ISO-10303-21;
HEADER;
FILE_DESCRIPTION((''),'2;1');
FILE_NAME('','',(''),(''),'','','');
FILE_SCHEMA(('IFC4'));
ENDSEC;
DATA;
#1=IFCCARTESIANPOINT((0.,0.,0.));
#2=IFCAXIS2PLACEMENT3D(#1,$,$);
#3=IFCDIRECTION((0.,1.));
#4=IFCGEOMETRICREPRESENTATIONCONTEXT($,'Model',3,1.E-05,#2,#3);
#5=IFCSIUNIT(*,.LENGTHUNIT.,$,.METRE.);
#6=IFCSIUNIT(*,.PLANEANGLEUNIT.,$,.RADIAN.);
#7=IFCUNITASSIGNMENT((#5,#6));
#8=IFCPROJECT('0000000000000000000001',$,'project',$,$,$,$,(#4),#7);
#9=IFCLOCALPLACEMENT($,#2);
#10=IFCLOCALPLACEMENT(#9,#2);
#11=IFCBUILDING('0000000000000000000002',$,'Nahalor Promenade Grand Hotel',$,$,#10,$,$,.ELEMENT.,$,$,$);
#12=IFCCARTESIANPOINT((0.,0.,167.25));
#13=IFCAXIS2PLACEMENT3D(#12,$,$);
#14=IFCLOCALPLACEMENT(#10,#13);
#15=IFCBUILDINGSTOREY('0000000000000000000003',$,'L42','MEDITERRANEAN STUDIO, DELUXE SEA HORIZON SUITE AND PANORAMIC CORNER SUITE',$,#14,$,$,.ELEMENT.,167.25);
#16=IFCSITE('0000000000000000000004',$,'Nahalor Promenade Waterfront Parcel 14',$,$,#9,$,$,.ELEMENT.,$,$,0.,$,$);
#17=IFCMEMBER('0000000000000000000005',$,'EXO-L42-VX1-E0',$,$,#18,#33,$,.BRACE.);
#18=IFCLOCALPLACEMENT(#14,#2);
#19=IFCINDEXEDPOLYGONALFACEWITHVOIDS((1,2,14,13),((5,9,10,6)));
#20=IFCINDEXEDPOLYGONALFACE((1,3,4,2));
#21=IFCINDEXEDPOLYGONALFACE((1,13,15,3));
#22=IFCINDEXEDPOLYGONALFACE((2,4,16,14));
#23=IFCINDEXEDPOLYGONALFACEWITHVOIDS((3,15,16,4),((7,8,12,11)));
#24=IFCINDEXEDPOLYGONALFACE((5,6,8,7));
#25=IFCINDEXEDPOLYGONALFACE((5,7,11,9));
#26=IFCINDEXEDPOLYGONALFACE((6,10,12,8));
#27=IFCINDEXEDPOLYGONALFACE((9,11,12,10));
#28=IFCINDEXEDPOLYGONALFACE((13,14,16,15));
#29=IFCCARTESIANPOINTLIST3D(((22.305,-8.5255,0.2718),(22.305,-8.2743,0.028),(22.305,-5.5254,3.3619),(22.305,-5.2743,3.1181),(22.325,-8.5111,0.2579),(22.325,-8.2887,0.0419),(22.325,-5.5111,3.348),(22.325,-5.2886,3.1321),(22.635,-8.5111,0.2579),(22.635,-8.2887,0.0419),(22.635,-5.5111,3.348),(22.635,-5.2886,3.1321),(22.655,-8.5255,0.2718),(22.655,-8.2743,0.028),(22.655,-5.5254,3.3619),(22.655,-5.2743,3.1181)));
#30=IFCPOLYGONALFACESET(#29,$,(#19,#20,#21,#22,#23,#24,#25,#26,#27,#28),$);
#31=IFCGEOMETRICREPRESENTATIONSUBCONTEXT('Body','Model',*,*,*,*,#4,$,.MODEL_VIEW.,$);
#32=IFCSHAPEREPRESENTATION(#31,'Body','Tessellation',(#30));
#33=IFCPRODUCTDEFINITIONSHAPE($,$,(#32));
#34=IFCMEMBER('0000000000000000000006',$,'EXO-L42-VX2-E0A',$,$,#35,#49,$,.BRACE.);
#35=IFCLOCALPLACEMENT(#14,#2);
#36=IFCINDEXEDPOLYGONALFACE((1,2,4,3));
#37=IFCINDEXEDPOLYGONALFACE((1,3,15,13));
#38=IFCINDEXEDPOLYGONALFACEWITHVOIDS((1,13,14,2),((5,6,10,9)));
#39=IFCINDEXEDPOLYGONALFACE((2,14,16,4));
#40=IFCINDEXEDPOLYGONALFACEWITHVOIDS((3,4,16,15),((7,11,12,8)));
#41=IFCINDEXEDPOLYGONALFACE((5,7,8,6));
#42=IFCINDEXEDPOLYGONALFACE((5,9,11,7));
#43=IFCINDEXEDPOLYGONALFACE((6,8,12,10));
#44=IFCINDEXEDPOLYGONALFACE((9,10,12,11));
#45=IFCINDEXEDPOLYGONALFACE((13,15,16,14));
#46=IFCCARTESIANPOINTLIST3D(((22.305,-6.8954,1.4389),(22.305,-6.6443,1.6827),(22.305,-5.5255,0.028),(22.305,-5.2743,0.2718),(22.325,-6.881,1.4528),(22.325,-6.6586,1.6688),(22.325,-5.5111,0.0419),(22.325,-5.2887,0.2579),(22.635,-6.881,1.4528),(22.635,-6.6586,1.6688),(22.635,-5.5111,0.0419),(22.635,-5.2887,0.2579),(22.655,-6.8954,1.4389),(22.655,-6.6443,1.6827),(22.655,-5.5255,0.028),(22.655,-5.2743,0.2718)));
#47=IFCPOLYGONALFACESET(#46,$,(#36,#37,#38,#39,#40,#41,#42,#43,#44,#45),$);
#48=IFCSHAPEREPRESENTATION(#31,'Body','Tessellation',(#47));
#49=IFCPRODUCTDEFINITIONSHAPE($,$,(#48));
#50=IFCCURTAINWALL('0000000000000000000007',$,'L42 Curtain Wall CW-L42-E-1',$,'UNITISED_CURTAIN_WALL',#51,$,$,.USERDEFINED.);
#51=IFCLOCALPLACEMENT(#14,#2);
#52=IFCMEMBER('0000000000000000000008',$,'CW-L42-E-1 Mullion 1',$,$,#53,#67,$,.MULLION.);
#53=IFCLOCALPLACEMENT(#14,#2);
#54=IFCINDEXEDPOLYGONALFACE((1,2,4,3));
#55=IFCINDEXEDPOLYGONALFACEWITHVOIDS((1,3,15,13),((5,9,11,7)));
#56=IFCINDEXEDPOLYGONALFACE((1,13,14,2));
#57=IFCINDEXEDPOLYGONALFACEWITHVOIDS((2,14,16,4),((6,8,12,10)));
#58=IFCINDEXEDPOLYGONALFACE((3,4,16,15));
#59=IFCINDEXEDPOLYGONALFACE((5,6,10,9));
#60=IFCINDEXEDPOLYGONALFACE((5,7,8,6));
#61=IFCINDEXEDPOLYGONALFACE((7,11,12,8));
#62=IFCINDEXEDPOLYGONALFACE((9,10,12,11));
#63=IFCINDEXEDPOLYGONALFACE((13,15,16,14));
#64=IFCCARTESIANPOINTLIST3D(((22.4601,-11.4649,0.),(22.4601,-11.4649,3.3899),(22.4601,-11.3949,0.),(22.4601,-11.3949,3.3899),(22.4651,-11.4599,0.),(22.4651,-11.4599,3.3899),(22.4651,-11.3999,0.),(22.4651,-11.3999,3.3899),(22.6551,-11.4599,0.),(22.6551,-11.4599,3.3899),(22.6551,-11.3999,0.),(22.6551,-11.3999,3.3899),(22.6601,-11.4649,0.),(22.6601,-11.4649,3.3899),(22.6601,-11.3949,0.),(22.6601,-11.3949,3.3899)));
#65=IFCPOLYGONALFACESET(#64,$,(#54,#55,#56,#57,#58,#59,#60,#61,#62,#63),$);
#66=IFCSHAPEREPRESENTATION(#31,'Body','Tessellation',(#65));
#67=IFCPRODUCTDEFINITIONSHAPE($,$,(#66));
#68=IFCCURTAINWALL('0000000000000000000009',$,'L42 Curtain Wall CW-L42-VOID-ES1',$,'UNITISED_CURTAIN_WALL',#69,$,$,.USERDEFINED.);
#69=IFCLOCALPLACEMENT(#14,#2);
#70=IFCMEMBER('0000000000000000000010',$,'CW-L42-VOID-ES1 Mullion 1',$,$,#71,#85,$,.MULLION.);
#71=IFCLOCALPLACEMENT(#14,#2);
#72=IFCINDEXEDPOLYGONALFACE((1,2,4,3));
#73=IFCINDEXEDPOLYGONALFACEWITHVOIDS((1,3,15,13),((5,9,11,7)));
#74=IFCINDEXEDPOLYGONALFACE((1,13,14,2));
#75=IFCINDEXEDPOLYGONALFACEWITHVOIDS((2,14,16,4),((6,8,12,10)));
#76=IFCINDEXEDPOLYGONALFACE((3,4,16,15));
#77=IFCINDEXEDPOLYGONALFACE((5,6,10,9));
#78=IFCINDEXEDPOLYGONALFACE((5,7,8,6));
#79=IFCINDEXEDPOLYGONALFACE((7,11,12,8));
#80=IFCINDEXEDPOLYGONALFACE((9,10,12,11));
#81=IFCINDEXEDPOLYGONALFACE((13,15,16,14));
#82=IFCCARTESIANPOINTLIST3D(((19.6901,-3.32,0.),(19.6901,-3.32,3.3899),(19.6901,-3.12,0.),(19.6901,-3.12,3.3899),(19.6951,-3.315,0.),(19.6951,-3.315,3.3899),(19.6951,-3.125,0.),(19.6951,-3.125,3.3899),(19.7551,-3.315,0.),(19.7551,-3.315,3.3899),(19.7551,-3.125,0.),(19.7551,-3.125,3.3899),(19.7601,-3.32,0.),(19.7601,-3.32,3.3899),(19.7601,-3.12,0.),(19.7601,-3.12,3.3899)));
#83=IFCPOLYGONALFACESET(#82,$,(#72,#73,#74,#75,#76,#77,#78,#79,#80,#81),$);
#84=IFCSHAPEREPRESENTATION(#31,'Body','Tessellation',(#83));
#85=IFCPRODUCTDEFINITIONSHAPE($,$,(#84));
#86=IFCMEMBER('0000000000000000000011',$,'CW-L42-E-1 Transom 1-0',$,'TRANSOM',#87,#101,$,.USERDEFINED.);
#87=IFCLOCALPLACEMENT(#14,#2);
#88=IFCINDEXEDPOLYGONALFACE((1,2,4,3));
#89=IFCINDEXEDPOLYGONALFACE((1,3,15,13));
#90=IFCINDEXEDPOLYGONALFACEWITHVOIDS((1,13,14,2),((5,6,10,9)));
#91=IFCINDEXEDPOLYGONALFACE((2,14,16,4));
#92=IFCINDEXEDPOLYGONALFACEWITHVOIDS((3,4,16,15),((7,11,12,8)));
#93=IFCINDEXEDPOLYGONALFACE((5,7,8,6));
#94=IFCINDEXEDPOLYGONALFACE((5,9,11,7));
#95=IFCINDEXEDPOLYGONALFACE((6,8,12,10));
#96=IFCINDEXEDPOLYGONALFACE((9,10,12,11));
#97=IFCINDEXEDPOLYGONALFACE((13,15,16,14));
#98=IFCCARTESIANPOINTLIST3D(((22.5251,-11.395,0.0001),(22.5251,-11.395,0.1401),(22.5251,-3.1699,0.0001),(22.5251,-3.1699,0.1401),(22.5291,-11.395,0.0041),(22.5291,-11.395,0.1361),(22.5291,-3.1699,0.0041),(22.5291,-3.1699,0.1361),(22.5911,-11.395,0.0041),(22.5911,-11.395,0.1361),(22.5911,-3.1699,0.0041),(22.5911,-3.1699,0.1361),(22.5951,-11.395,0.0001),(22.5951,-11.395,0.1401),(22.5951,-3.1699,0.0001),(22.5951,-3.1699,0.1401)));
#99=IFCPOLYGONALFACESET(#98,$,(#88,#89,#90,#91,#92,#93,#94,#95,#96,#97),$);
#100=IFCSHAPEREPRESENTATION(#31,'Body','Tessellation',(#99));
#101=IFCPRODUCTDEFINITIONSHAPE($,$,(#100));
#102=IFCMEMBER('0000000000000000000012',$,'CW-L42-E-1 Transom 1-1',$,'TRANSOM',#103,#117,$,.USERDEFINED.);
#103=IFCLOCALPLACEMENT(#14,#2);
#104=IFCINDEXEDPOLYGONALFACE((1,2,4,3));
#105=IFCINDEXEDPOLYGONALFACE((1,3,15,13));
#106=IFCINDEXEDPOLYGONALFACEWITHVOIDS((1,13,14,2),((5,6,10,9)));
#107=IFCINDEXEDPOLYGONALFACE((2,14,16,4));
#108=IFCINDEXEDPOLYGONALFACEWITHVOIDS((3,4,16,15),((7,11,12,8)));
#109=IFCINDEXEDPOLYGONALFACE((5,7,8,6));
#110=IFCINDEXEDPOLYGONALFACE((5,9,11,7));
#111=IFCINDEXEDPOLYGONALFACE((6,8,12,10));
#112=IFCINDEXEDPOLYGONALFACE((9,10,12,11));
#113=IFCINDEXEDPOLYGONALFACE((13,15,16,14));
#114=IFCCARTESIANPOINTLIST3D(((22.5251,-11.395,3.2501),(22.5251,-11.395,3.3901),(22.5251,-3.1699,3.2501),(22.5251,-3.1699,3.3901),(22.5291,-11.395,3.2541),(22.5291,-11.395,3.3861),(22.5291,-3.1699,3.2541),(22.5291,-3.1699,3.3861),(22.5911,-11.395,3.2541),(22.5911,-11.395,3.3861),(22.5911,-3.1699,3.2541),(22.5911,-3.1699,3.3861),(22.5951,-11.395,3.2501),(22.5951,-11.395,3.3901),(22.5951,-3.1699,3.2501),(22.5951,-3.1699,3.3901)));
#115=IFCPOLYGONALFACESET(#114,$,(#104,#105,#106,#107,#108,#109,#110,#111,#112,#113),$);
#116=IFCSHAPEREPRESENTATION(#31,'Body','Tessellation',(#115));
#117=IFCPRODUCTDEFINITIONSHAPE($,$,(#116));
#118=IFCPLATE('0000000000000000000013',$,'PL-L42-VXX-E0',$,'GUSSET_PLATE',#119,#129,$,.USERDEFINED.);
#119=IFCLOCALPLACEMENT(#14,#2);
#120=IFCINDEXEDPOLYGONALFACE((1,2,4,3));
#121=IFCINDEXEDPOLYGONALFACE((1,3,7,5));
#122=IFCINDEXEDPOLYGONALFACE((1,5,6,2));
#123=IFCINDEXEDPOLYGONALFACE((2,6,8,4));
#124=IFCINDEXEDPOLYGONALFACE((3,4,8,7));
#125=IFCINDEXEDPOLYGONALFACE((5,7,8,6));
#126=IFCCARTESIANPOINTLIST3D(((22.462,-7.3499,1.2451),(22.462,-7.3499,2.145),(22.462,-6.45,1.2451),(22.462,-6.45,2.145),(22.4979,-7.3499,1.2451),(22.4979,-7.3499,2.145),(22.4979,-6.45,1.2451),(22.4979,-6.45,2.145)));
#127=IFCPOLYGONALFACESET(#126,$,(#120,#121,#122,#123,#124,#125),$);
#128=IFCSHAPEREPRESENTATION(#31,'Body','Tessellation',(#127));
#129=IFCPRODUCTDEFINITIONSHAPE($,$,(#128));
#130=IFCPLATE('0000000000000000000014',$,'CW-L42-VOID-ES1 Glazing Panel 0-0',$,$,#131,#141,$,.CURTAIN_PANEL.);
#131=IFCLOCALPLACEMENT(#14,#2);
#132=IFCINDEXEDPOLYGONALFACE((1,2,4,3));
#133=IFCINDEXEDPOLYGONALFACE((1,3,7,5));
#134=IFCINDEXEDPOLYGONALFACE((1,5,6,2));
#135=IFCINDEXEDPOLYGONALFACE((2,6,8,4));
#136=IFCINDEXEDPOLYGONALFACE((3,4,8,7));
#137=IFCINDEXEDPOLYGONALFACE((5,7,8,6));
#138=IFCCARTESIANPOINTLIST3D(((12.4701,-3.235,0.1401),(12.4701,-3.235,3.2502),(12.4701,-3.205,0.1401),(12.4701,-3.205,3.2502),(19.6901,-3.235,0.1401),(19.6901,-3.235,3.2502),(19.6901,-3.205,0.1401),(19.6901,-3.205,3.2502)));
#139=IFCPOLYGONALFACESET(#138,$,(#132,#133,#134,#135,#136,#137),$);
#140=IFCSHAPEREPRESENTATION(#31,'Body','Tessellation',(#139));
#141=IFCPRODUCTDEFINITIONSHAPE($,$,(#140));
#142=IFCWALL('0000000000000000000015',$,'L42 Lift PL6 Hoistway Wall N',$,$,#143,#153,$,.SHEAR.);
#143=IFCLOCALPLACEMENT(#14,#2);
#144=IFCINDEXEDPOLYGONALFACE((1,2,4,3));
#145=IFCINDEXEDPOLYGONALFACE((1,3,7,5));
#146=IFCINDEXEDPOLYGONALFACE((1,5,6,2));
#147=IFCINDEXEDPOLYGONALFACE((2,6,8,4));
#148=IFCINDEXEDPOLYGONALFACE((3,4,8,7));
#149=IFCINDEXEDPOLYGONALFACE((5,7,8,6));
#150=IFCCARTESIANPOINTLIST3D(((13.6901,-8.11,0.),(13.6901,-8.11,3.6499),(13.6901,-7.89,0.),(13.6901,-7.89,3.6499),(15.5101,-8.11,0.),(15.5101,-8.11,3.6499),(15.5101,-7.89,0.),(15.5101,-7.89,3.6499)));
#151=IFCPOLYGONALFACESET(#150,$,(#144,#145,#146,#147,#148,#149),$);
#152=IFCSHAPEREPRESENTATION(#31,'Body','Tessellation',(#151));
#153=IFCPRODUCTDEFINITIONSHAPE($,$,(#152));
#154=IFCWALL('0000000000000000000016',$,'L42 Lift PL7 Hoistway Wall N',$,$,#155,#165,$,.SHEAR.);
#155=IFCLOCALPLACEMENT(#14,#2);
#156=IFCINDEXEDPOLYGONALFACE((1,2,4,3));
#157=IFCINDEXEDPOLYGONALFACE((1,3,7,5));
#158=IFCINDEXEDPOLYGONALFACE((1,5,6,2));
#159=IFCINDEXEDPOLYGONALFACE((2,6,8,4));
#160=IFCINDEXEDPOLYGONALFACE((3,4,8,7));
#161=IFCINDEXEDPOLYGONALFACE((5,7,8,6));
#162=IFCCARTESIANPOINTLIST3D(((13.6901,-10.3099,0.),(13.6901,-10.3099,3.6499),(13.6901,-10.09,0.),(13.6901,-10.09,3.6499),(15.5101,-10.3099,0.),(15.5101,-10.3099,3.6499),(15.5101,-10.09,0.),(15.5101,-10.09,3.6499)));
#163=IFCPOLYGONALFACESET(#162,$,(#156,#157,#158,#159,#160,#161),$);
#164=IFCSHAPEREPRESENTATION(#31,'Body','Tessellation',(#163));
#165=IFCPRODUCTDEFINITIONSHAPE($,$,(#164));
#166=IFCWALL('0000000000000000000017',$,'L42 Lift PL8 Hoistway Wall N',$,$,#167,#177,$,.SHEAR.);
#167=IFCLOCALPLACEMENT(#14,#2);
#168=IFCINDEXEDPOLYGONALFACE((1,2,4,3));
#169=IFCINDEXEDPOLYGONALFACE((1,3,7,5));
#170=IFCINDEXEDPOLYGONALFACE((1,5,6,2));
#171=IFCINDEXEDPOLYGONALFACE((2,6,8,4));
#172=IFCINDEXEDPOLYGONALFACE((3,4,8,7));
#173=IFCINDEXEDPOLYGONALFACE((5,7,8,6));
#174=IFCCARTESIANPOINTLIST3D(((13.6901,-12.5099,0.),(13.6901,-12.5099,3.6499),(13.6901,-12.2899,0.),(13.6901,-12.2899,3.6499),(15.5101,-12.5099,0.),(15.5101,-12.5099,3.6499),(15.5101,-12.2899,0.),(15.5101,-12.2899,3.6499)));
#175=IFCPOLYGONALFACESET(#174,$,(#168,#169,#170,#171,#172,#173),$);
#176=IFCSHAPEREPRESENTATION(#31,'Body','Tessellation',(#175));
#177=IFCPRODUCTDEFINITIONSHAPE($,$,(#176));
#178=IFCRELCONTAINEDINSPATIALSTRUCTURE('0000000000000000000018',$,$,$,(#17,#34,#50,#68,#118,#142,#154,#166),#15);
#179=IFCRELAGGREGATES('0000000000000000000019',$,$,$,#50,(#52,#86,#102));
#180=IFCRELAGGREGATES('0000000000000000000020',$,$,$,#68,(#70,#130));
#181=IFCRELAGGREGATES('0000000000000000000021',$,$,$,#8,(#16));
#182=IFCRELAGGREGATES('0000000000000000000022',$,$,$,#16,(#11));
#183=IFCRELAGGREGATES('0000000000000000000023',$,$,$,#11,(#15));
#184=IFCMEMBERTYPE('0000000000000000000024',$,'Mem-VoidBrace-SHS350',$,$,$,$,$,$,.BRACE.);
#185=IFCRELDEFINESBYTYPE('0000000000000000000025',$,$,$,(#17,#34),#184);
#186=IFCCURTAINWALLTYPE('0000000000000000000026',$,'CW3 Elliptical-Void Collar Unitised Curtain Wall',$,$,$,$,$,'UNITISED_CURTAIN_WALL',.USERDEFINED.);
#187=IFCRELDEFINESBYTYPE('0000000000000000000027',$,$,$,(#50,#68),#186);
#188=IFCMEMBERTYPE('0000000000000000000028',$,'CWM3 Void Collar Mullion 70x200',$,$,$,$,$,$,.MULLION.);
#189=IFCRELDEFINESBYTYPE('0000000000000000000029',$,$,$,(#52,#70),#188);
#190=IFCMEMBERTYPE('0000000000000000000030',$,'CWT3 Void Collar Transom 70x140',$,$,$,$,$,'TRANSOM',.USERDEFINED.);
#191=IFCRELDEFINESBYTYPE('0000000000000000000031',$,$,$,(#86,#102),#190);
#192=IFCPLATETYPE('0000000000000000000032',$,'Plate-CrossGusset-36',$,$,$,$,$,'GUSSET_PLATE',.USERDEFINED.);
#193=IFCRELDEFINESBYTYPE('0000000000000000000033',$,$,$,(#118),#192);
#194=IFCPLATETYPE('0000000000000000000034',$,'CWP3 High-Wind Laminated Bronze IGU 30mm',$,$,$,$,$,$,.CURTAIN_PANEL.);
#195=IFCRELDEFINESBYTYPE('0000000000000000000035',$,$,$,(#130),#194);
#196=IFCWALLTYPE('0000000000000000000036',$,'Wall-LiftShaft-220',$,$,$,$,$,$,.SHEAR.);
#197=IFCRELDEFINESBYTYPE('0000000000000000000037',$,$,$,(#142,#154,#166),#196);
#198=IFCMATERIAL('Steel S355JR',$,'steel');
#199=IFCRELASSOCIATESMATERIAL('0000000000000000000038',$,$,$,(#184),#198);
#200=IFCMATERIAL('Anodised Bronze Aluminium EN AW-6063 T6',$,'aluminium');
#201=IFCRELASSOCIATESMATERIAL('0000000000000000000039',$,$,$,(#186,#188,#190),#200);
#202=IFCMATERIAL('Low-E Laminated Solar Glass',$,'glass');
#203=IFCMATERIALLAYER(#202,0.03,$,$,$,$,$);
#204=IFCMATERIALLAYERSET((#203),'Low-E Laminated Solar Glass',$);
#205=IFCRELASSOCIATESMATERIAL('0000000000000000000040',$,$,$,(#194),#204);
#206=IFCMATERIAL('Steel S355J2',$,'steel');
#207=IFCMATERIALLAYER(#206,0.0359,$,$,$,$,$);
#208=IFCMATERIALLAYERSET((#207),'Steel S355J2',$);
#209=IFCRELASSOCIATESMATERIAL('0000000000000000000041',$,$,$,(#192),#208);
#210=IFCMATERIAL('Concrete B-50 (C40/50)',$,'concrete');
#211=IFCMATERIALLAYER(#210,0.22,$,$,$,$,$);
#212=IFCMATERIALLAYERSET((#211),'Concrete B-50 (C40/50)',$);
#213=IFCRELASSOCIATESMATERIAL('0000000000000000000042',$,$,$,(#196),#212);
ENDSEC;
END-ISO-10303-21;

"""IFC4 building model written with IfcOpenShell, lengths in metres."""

from ifc_helpers import new_model, si_unit, direction, frame, frame_2d, origin, origin_2d, place, context, subcontext, project, spatial, rectangle, hollow_rectangle, extrude, source, transform, mapped, material, layer, layer_set, material_profile, profile_set, type_object, element, aggregate, save


model = new_model("IFC4")

# Units and contexts
model_context = context("Model", 3, precision=1e-05, world=origin(), true_north=direction((0.0, 1.0)))
body_context = subcontext(model_context, "Body", "Model", "MODEL_VIEW")
ifc_project = project(units=[si_unit("LENGTHUNIT", "METRE"), si_unit("PLANEANGLEUNIT", "RADIAN")], contexts=[model_context])

# Site, building, storey
site_placement = place(None, origin())
site = spatial("IfcSite", under=ifc_project, at=site_placement, Name="Nahalor Promenade Waterfront Parcel 14", CompositionType="ELEMENT", RefElevation=0.0)
building_placement = place(site_placement, origin())
building = spatial("IfcBuilding", under=site, at=building_placement, Name="Nahalor Promenade Grand Hotel", CompositionType="ELEMENT")
storey_placement = place(building_placement, frame((0.0, 0.0, 167.25)))
storey = spatial("IfcBuildingStorey", under=building, at=storey_placement, Name="L42", Description="MEDITERRANEAN STUDIO, DELUXE SEA HORIZON SUITE AND PANORAMIC CORNER SUITE", CompositionType="ELEMENT", Elevation=167.25)

# Shared definitions
ifc_material_1 = material(Name="Steel S355J2", Category="steel")

# Shared definitions
ifc_material_2 = material(Name="Steel S355JR", Category="steel")

# Members
ifc_material_profile_1 = material_profile(ifc_material_2, hollow_rectangle(XDim=0.35, YDim=0.35, WallThickness=0.02, at=origin_2d()), Name="SHS 350x350x20")
ifc_profile_set_1 = profile_set([ifc_material_profile_1], Name="Steel S355JR")
member_type_1 = type_object("IfcMemberType", Name="Mem-VoidBrace-SHS350", PredefinedType="BRACE", material=ifc_profile_set_1)
shared_shape_1 = source(origin(), body_context, "Body", "SweptSolid", [
    extrude(hollow_rectangle(XDim=0.35, YDim=0.35, WallThickness=0.02, at=origin_2d()), origin(), (0.0, 0.0, 1.0), 4.3069),
])
member_1_placement = place(storey_placement, frame((22.48, -8.3999, 0.1499), z_axis=(0.0, 0.696571, 0.717488), x_axis=(-1.0, 0.0, 0.0)))
element("IfcMember", 1, at=member_1_placement, inside=storey, type_object=member_type_1, Name="EXO-L42-VX1-E0", PredefinedType="BRACE", context=body_context, shape_type="MappedRepresentation", body=[
    mapped(shared_shape_1, transform((0.0, 0.0, 0.0), scale=1.0)),
])
shared_shape_2 = source(origin(), body_context, "Body", "SweptSolid", [
    extrude(hollow_rectangle(XDim=0.35, YDim=0.35, WallThickness=0.02, at=origin_2d()), origin(), (0.0, 0.0, 1.0), 1.9666),
])
member_2_placement = place(storey_placement, frame((22.48, -5.3999, 0.1499), z_axis=(0.0, -0.696601, 0.717458), x_axis=(1.0, 0.0, 0.0)))
element("IfcMember", 2, at=member_2_placement, inside=storey, type_object=member_type_1, Name="EXO-L42-VX2-E0A", PredefinedType="BRACE", context=body_context, shape_type="MappedRepresentation", body=[
    mapped(shared_shape_2, transform((0.0, 0.0, 0.0), scale=1.0)),
])

# Curtain walls, members
ifc_material_3 = material(Name="Anodised Bronze Aluminium EN AW-6063 T6", Category="aluminium")
curtain_wall_type = type_object("IfcCurtainWallType", Name="CW3 Elliptical-Void Collar Unitised Curtain Wall", ElementType="UNITISED_CURTAIN_WALL", PredefinedType="USERDEFINED", material=ifc_material_3)
curtain_wall_1_placement = place(storey_placement, origin())
curtain_wall_1 = element("IfcCurtainWall", 3, at=curtain_wall_1_placement, inside=storey, type_object=curtain_wall_type, Name="L42 Curtain Wall CW-L42-E-1", ObjectType="UNITISED_CURTAIN_WALL", PredefinedType="USERDEFINED")
ifc_material_profile_2 = material_profile(ifc_material_3, hollow_rectangle(XDim=0.07, YDim=0.2, WallThickness=0.005, at=origin_2d()), Name="CWM 70x200x5")
ifc_profile_set_2 = profile_set([ifc_material_profile_2], Name="Anodised Bronze Aluminium EN AW-6063 T6")
member_type_2 = type_object("IfcMemberType", Name="CWM3 Void Collar Mullion 70x200", PredefinedType="MULLION", material=ifc_profile_set_2)
shared_shape_3 = source(origin(), body_context, "Body", "SweptSolid", [
    extrude(hollow_rectangle(XDim=0.07, YDim=0.2, WallThickness=0.005, at=origin_2d()), origin(), (0.0, 0.0, 1.0), 3.3899),
])
member_3_placement = place(storey_placement, frame((22.5601, -11.4299, 0.0), z_axis=(0.0, 0.0, 1.0), x_axis=(0.0, 1.0, 0.0)))
member_3 = element("IfcMember", 4, at=member_3_placement, type_object=member_type_2, Name="CW-L42-E-1 Mullion 1", PredefinedType="MULLION", context=body_context, shape_type="MappedRepresentation", body=[
    mapped(shared_shape_3, transform((0.0, 0.0, 0.0), scale=1.0)),
])
curtain_wall_2_placement = place(storey_placement, origin())
curtain_wall_2 = element("IfcCurtainWall", 5, at=curtain_wall_2_placement, inside=storey, type_object=curtain_wall_type, Name="L42 Curtain Wall CW-L42-VOID-ES1", ObjectType="UNITISED_CURTAIN_WALL", PredefinedType="USERDEFINED")
member_4_placement = place(storey_placement, frame((19.7251, -3.22, 0.0), z_axis=(0.0, 0.0, 1.0), x_axis=(1.0, 0.0, 0.0)))
member_4 = element("IfcMember", 6, at=member_4_placement, type_object=member_type_2, Name="CW-L42-VOID-ES1 Mullion 1", PredefinedType="MULLION", context=body_context, shape_type="MappedRepresentation", body=[
    mapped(shared_shape_3, transform((0.0, 0.0, 0.0), scale=1.0)),
])

# Members
ifc_material_profile_3 = material_profile(ifc_material_3, hollow_rectangle(XDim=0.07, YDim=0.14, WallThickness=0.004, at=origin_2d()), Name="CWT 70x140x4")
ifc_profile_set_3 = profile_set([ifc_material_profile_3], Name="Anodised Bronze Aluminium EN AW-6063 T6")
member_type_3 = type_object("IfcMemberType", Name="CWT3 Void Collar Transom 70x140", ElementType="TRANSOM", PredefinedType="USERDEFINED", material=ifc_profile_set_3)
shared_shape_4 = source(origin(), body_context, "Body", "SweptSolid", [
    extrude(hollow_rectangle(XDim=0.07, YDim=0.14, WallThickness=0.004, at=origin_2d()), origin(), (0.0, 0.0, 1.0), 8.2251),
])
member_5_placement = place(storey_placement, frame((22.5601, -11.395, 0.0701), z_axis=(0.0, 1.0, 0.0), x_axis=(-1.0, 0.0, 0.0)))
member_5 = element("IfcMember", 7, at=member_5_placement, type_object=member_type_3, Name="CW-L42-E-1 Transom 1-0", ObjectType="TRANSOM", PredefinedType="USERDEFINED", context=body_context, shape_type="MappedRepresentation", body=[
    mapped(shared_shape_4, transform((0.0, 0.0, 0.0), scale=1.0)),
])
member_6_placement = place(storey_placement, frame((22.5601, -11.395, 3.3201), z_axis=(0.0, 1.0, 0.0), x_axis=(-1.0, 0.0, 0.0)))
member_6 = element("IfcMember", 8, at=member_6_placement, type_object=member_type_3, Name="CW-L42-E-1 Transom 1-1", ObjectType="TRANSOM", PredefinedType="USERDEFINED", context=body_context, shape_type="MappedRepresentation", body=[
    mapped(shared_shape_4, transform((0.0, 0.0, 0.0), scale=1.0)),
])

# Plates
ifc_material_4 = material(Name="Low-E Laminated Solar Glass", Category="glass")
ifc_layer_1 = layer(ifc_material_4, 0.03)
ifc_layer_set_1 = layer_set([ifc_layer_1], Name="Low-E Laminated Solar Glass")
plate_type_1 = type_object("IfcPlateType", Name="CWP3 High-Wind Laminated Bronze IGU 30mm", PredefinedType="CURTAIN_PANEL", material=ifc_layer_set_1)
aggregate(curtain_wall_1, [member_3, member_5, member_6])
ifc_layer_2 = layer(ifc_material_1, 0.0359)
ifc_layer_set_2 = layer_set([ifc_layer_2], Name="Steel S355J2")
plate_type_2 = type_object("IfcPlateType", Name="Plate-CrossGusset-36", ElementType="GUSSET_PLATE", PredefinedType="USERDEFINED", material=ifc_layer_set_2)
shared_shape_5 = source(origin(), body_context, "Body", "SweptSolid", [
    extrude(rectangle(XDim=0.8999, YDim=0.0359, at=origin_2d()), origin(), (0.0, 0.0, 1.0), 0.8999),
])
plate_1_placement = place(storey_placement, frame((22.48, -6.8999, 1.2451), z_axis=(0.0, 0.0, 1.0), x_axis=(0.0, 1.0, 0.0)))
element("IfcPlate", 9, at=plate_1_placement, inside=storey, type_object=plate_type_2, Name="PL-L42-VXX-E0", ObjectType="GUSSET_PLATE", PredefinedType="USERDEFINED", context=body_context, shape_type="MappedRepresentation", body=[
    mapped(shared_shape_5, transform((0.0, 0.0, 0.0), scale=1.0)),
])
shared_shape_6 = source(origin(), body_context, "Body", "SweptSolid", [
    extrude(rectangle(XDim=7.22, YDim=0.03, at=origin_2d()), origin(), (0.0, 0.0, 1.0), 3.1101),
])
plate_2_placement = place(storey_placement, frame((16.0801, -3.22, 0.1401), z_axis=(0.0, 0.0, 1.0), x_axis=(1.0, 0.0, 0.0)))
plate_2 = element("IfcPlate", 10, at=plate_2_placement, type_object=plate_type_1, Name="CW-L42-VOID-ES1 Glazing Panel 0-0", PredefinedType="CURTAIN_PANEL", context=body_context, shape_type="MappedRepresentation", body=[
    mapped(shared_shape_6, transform((0.0, 0.0, 0.0), scale=1.0)),
])
aggregate(curtain_wall_2, [member_4, plate_2])

# Walls
ifc_material_5 = material(Name="Concrete B-50 (C40/50)", Category="concrete")
ifc_layer_3 = layer(ifc_material_5, 0.22)
ifc_layer_set_3 = layer_set([ifc_layer_3], Name="Concrete B-50 (C40/50)")
wall_type_1 = type_object("IfcWallType", Name="Wall-LiftShaft-220", PredefinedType="SHEAR", material=ifc_layer_set_3)
shared_shape_7 = source(origin(), body_context, "Body", "SweptSolid", [
    extrude(rectangle(XDim=1.8201, YDim=0.22, at=frame_2d((0.9102, 0.0))), origin(), (0.0, 0.0, 1.0), 3.6499),
])
for number, where, z_axis, x_axis, name in (
    (11, (13.6899, -8.0, 0.0), (0.0, 0.0, 1.0), (1.0, 0.0, 0.0), "L42 Lift PL6 Hoistway Wall N"),
    (12, (13.6899, -10.2, 0.0), (0.0, 0.0, 1.0), (1.0, 0.0, 0.0), "L42 Lift PL7 Hoistway Wall N"),
    (13, (13.6899, -12.3999, 0.0), (0.0, 0.0, 1.0), (1.0, 0.0, 0.0), "L42 Lift PL8 Hoistway Wall N"),
):
    element("IfcWall", number, at=place(storey_placement, frame(where, z_axis=z_axis, x_axis=x_axis)), inside=storey, type_object=wall_type_1, Name=name, PredefinedType="SHEAR", context=body_context, shape_type="MappedRepresentation", body=[
        mapped(shared_shape_7, transform((0.0, 0.0, 0.0), scale=1.0)),
    ])

save(model, "model.ifc")
